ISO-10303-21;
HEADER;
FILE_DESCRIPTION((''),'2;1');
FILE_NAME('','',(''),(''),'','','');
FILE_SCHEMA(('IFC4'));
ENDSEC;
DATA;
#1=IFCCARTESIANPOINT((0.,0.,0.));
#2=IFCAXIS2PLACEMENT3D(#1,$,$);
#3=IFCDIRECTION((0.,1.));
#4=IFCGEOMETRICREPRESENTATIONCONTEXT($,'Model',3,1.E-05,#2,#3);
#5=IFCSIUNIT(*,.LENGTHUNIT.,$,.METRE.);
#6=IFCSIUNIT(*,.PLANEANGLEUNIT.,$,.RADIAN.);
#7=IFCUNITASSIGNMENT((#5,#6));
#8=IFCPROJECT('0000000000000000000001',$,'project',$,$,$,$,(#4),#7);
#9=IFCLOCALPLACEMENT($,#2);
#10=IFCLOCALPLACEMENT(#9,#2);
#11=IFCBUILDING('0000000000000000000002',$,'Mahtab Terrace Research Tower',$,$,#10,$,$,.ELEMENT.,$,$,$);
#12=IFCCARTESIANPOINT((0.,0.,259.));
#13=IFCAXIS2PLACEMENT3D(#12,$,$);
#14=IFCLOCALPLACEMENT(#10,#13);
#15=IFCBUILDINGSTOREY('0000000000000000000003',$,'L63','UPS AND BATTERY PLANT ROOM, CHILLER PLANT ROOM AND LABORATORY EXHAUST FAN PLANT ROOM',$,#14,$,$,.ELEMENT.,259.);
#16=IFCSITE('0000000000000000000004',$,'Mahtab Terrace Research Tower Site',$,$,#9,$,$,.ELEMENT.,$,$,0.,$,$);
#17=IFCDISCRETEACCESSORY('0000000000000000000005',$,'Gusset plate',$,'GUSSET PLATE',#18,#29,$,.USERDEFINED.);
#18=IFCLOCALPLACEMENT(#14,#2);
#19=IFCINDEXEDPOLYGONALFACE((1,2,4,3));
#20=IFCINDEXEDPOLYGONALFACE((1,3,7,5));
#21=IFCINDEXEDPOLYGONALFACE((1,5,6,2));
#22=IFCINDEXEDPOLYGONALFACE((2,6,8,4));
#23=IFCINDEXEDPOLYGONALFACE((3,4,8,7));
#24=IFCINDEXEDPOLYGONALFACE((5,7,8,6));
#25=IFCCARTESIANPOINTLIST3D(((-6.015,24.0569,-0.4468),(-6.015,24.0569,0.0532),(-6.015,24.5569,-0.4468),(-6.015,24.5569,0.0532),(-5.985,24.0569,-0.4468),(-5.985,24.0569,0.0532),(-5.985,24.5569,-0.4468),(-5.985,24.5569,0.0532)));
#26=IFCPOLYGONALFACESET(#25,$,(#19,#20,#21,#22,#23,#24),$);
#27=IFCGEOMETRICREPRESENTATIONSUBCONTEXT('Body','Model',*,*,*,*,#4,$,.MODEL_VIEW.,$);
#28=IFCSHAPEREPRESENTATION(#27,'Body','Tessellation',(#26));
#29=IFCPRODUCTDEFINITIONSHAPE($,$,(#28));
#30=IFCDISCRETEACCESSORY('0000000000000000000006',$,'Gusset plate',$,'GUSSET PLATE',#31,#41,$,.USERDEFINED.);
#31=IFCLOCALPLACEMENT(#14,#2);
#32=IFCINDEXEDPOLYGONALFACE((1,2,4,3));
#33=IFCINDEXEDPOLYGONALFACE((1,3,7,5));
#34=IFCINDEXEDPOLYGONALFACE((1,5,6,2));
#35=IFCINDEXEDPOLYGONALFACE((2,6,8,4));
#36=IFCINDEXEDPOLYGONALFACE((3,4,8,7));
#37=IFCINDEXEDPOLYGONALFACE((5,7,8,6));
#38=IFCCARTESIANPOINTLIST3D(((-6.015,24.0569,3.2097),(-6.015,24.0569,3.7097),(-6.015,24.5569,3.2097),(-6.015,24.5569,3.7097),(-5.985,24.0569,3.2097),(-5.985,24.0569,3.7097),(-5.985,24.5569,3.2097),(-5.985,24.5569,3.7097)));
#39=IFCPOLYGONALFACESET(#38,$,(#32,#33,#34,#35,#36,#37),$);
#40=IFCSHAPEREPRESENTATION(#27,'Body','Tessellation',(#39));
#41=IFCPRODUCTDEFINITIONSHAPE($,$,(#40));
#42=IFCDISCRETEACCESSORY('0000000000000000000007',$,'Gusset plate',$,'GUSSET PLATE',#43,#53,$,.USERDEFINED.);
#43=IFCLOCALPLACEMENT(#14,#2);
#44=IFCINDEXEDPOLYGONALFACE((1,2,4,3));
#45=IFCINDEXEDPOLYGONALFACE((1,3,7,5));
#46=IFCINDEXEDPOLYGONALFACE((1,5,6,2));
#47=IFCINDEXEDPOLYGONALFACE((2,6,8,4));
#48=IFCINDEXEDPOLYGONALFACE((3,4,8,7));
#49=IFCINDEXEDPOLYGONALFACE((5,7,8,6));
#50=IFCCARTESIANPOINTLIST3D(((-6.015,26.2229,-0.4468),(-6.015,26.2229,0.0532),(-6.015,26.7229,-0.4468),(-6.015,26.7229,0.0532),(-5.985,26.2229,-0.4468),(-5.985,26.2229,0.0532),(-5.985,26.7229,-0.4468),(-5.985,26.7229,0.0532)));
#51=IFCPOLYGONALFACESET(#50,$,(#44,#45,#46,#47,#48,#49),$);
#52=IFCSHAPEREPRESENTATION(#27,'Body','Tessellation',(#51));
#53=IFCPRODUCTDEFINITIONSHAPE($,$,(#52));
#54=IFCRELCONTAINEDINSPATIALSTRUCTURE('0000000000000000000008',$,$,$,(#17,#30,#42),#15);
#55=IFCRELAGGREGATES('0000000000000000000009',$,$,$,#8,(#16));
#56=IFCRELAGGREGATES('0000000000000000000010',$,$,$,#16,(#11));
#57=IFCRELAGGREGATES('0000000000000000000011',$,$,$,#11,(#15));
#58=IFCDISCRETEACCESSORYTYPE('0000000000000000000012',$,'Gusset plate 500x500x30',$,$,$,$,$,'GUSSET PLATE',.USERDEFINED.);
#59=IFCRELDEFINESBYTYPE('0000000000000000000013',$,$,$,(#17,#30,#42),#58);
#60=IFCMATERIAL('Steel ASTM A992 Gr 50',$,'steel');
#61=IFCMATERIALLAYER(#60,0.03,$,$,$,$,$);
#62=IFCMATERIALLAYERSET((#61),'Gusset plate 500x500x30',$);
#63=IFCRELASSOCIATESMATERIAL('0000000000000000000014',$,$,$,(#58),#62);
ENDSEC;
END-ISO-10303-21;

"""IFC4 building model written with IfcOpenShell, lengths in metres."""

from ifc_helpers import new_model, si_unit, direction, frame, origin, origin_2d, place, context, subcontext, project, spatial, rectangle, extrude, material, layer, layer_set, type_object, element, save


model = new_model("IFC4")

# Units and contexts
model_context = context("Model", 3, precision=1e-05, world=origin(), true_north=direction((0.0, 1.0)))
body_context = subcontext(model_context, "Body", "Model", "MODEL_VIEW")
ifc_project = project(units=[si_unit("LENGTHUNIT", "METRE"), si_unit("PLANEANGLEUNIT", "RADIAN")], contexts=[model_context])

# Site, building, storey
site_placement = place(None, origin())
site = spatial("IfcSite", under=ifc_project, at=site_placement, Name="Mahtab Terrace Research Tower Site", CompositionType="ELEMENT", RefElevation=0.0)
building_placement = place(site_placement, origin())
building = spatial("IfcBuilding", under=site, at=building_placement, Name="Mahtab Terrace Research Tower", CompositionType="ELEMENT")
storey_placement = place(building_placement, frame((0.0, 0.0, 259.0)))
storey = spatial("IfcBuildingStorey", under=building, at=storey_placement, Name="L63", Description="UPS AND BATTERY PLANT ROOM, CHILLER PLANT ROOM AND LABORATORY EXHAUST FAN PLANT ROOM", CompositionType="ELEMENT", Elevation=259.0)

# Shared definitions
ifc_material_1 = material(Name="Steel ASTM A992 Gr 50", Category="steel")

# Discrete accessories
ifc_layer = layer(ifc_material_1, 0.03)
ifc_layer_set = layer_set([ifc_layer], Name="Gusset plate 500x500x30")
discrete_accessory_type_1 = type_object("IfcDiscreteAccessoryType", Name="Gusset plate 500x500x30", ElementType="GUSSET PLATE", PredefinedType="USERDEFINED", material=ifc_layer_set)
for number, where, z_axis, x_axis, name in (
    (1, (-6.0, 24.3069, -0.4468), (0.0, 0.0, 1.0), (0.0, 1.0, 0.0), "Gusset plate"),
    (2, (-6.0, 24.3069, 3.2097), (0.0, 0.0, 1.0), (0.0, 1.0, 0.0), "Gusset plate"),
    (3, (-6.0, 26.4729, -0.4468), (0.0, 0.0, 1.0), (0.0, 1.0, 0.0), "Gusset plate"),
):
    element("IfcDiscreteAccessory", number, at=place(storey_placement, frame(where, z_axis=z_axis, x_axis=x_axis)), inside=storey, type_object=discrete_accessory_type_1, Name=name, ObjectType="GUSSET PLATE", PredefinedType="USERDEFINED", context=body_context, shape_type="SweptSolid", body=[
        extrude(rectangle(XDim=0.5, YDim=0.03, at=origin_2d()), origin(), (0.0, 0.0, 1.0), 0.5),
    ])

save(model, "model.ifc")
